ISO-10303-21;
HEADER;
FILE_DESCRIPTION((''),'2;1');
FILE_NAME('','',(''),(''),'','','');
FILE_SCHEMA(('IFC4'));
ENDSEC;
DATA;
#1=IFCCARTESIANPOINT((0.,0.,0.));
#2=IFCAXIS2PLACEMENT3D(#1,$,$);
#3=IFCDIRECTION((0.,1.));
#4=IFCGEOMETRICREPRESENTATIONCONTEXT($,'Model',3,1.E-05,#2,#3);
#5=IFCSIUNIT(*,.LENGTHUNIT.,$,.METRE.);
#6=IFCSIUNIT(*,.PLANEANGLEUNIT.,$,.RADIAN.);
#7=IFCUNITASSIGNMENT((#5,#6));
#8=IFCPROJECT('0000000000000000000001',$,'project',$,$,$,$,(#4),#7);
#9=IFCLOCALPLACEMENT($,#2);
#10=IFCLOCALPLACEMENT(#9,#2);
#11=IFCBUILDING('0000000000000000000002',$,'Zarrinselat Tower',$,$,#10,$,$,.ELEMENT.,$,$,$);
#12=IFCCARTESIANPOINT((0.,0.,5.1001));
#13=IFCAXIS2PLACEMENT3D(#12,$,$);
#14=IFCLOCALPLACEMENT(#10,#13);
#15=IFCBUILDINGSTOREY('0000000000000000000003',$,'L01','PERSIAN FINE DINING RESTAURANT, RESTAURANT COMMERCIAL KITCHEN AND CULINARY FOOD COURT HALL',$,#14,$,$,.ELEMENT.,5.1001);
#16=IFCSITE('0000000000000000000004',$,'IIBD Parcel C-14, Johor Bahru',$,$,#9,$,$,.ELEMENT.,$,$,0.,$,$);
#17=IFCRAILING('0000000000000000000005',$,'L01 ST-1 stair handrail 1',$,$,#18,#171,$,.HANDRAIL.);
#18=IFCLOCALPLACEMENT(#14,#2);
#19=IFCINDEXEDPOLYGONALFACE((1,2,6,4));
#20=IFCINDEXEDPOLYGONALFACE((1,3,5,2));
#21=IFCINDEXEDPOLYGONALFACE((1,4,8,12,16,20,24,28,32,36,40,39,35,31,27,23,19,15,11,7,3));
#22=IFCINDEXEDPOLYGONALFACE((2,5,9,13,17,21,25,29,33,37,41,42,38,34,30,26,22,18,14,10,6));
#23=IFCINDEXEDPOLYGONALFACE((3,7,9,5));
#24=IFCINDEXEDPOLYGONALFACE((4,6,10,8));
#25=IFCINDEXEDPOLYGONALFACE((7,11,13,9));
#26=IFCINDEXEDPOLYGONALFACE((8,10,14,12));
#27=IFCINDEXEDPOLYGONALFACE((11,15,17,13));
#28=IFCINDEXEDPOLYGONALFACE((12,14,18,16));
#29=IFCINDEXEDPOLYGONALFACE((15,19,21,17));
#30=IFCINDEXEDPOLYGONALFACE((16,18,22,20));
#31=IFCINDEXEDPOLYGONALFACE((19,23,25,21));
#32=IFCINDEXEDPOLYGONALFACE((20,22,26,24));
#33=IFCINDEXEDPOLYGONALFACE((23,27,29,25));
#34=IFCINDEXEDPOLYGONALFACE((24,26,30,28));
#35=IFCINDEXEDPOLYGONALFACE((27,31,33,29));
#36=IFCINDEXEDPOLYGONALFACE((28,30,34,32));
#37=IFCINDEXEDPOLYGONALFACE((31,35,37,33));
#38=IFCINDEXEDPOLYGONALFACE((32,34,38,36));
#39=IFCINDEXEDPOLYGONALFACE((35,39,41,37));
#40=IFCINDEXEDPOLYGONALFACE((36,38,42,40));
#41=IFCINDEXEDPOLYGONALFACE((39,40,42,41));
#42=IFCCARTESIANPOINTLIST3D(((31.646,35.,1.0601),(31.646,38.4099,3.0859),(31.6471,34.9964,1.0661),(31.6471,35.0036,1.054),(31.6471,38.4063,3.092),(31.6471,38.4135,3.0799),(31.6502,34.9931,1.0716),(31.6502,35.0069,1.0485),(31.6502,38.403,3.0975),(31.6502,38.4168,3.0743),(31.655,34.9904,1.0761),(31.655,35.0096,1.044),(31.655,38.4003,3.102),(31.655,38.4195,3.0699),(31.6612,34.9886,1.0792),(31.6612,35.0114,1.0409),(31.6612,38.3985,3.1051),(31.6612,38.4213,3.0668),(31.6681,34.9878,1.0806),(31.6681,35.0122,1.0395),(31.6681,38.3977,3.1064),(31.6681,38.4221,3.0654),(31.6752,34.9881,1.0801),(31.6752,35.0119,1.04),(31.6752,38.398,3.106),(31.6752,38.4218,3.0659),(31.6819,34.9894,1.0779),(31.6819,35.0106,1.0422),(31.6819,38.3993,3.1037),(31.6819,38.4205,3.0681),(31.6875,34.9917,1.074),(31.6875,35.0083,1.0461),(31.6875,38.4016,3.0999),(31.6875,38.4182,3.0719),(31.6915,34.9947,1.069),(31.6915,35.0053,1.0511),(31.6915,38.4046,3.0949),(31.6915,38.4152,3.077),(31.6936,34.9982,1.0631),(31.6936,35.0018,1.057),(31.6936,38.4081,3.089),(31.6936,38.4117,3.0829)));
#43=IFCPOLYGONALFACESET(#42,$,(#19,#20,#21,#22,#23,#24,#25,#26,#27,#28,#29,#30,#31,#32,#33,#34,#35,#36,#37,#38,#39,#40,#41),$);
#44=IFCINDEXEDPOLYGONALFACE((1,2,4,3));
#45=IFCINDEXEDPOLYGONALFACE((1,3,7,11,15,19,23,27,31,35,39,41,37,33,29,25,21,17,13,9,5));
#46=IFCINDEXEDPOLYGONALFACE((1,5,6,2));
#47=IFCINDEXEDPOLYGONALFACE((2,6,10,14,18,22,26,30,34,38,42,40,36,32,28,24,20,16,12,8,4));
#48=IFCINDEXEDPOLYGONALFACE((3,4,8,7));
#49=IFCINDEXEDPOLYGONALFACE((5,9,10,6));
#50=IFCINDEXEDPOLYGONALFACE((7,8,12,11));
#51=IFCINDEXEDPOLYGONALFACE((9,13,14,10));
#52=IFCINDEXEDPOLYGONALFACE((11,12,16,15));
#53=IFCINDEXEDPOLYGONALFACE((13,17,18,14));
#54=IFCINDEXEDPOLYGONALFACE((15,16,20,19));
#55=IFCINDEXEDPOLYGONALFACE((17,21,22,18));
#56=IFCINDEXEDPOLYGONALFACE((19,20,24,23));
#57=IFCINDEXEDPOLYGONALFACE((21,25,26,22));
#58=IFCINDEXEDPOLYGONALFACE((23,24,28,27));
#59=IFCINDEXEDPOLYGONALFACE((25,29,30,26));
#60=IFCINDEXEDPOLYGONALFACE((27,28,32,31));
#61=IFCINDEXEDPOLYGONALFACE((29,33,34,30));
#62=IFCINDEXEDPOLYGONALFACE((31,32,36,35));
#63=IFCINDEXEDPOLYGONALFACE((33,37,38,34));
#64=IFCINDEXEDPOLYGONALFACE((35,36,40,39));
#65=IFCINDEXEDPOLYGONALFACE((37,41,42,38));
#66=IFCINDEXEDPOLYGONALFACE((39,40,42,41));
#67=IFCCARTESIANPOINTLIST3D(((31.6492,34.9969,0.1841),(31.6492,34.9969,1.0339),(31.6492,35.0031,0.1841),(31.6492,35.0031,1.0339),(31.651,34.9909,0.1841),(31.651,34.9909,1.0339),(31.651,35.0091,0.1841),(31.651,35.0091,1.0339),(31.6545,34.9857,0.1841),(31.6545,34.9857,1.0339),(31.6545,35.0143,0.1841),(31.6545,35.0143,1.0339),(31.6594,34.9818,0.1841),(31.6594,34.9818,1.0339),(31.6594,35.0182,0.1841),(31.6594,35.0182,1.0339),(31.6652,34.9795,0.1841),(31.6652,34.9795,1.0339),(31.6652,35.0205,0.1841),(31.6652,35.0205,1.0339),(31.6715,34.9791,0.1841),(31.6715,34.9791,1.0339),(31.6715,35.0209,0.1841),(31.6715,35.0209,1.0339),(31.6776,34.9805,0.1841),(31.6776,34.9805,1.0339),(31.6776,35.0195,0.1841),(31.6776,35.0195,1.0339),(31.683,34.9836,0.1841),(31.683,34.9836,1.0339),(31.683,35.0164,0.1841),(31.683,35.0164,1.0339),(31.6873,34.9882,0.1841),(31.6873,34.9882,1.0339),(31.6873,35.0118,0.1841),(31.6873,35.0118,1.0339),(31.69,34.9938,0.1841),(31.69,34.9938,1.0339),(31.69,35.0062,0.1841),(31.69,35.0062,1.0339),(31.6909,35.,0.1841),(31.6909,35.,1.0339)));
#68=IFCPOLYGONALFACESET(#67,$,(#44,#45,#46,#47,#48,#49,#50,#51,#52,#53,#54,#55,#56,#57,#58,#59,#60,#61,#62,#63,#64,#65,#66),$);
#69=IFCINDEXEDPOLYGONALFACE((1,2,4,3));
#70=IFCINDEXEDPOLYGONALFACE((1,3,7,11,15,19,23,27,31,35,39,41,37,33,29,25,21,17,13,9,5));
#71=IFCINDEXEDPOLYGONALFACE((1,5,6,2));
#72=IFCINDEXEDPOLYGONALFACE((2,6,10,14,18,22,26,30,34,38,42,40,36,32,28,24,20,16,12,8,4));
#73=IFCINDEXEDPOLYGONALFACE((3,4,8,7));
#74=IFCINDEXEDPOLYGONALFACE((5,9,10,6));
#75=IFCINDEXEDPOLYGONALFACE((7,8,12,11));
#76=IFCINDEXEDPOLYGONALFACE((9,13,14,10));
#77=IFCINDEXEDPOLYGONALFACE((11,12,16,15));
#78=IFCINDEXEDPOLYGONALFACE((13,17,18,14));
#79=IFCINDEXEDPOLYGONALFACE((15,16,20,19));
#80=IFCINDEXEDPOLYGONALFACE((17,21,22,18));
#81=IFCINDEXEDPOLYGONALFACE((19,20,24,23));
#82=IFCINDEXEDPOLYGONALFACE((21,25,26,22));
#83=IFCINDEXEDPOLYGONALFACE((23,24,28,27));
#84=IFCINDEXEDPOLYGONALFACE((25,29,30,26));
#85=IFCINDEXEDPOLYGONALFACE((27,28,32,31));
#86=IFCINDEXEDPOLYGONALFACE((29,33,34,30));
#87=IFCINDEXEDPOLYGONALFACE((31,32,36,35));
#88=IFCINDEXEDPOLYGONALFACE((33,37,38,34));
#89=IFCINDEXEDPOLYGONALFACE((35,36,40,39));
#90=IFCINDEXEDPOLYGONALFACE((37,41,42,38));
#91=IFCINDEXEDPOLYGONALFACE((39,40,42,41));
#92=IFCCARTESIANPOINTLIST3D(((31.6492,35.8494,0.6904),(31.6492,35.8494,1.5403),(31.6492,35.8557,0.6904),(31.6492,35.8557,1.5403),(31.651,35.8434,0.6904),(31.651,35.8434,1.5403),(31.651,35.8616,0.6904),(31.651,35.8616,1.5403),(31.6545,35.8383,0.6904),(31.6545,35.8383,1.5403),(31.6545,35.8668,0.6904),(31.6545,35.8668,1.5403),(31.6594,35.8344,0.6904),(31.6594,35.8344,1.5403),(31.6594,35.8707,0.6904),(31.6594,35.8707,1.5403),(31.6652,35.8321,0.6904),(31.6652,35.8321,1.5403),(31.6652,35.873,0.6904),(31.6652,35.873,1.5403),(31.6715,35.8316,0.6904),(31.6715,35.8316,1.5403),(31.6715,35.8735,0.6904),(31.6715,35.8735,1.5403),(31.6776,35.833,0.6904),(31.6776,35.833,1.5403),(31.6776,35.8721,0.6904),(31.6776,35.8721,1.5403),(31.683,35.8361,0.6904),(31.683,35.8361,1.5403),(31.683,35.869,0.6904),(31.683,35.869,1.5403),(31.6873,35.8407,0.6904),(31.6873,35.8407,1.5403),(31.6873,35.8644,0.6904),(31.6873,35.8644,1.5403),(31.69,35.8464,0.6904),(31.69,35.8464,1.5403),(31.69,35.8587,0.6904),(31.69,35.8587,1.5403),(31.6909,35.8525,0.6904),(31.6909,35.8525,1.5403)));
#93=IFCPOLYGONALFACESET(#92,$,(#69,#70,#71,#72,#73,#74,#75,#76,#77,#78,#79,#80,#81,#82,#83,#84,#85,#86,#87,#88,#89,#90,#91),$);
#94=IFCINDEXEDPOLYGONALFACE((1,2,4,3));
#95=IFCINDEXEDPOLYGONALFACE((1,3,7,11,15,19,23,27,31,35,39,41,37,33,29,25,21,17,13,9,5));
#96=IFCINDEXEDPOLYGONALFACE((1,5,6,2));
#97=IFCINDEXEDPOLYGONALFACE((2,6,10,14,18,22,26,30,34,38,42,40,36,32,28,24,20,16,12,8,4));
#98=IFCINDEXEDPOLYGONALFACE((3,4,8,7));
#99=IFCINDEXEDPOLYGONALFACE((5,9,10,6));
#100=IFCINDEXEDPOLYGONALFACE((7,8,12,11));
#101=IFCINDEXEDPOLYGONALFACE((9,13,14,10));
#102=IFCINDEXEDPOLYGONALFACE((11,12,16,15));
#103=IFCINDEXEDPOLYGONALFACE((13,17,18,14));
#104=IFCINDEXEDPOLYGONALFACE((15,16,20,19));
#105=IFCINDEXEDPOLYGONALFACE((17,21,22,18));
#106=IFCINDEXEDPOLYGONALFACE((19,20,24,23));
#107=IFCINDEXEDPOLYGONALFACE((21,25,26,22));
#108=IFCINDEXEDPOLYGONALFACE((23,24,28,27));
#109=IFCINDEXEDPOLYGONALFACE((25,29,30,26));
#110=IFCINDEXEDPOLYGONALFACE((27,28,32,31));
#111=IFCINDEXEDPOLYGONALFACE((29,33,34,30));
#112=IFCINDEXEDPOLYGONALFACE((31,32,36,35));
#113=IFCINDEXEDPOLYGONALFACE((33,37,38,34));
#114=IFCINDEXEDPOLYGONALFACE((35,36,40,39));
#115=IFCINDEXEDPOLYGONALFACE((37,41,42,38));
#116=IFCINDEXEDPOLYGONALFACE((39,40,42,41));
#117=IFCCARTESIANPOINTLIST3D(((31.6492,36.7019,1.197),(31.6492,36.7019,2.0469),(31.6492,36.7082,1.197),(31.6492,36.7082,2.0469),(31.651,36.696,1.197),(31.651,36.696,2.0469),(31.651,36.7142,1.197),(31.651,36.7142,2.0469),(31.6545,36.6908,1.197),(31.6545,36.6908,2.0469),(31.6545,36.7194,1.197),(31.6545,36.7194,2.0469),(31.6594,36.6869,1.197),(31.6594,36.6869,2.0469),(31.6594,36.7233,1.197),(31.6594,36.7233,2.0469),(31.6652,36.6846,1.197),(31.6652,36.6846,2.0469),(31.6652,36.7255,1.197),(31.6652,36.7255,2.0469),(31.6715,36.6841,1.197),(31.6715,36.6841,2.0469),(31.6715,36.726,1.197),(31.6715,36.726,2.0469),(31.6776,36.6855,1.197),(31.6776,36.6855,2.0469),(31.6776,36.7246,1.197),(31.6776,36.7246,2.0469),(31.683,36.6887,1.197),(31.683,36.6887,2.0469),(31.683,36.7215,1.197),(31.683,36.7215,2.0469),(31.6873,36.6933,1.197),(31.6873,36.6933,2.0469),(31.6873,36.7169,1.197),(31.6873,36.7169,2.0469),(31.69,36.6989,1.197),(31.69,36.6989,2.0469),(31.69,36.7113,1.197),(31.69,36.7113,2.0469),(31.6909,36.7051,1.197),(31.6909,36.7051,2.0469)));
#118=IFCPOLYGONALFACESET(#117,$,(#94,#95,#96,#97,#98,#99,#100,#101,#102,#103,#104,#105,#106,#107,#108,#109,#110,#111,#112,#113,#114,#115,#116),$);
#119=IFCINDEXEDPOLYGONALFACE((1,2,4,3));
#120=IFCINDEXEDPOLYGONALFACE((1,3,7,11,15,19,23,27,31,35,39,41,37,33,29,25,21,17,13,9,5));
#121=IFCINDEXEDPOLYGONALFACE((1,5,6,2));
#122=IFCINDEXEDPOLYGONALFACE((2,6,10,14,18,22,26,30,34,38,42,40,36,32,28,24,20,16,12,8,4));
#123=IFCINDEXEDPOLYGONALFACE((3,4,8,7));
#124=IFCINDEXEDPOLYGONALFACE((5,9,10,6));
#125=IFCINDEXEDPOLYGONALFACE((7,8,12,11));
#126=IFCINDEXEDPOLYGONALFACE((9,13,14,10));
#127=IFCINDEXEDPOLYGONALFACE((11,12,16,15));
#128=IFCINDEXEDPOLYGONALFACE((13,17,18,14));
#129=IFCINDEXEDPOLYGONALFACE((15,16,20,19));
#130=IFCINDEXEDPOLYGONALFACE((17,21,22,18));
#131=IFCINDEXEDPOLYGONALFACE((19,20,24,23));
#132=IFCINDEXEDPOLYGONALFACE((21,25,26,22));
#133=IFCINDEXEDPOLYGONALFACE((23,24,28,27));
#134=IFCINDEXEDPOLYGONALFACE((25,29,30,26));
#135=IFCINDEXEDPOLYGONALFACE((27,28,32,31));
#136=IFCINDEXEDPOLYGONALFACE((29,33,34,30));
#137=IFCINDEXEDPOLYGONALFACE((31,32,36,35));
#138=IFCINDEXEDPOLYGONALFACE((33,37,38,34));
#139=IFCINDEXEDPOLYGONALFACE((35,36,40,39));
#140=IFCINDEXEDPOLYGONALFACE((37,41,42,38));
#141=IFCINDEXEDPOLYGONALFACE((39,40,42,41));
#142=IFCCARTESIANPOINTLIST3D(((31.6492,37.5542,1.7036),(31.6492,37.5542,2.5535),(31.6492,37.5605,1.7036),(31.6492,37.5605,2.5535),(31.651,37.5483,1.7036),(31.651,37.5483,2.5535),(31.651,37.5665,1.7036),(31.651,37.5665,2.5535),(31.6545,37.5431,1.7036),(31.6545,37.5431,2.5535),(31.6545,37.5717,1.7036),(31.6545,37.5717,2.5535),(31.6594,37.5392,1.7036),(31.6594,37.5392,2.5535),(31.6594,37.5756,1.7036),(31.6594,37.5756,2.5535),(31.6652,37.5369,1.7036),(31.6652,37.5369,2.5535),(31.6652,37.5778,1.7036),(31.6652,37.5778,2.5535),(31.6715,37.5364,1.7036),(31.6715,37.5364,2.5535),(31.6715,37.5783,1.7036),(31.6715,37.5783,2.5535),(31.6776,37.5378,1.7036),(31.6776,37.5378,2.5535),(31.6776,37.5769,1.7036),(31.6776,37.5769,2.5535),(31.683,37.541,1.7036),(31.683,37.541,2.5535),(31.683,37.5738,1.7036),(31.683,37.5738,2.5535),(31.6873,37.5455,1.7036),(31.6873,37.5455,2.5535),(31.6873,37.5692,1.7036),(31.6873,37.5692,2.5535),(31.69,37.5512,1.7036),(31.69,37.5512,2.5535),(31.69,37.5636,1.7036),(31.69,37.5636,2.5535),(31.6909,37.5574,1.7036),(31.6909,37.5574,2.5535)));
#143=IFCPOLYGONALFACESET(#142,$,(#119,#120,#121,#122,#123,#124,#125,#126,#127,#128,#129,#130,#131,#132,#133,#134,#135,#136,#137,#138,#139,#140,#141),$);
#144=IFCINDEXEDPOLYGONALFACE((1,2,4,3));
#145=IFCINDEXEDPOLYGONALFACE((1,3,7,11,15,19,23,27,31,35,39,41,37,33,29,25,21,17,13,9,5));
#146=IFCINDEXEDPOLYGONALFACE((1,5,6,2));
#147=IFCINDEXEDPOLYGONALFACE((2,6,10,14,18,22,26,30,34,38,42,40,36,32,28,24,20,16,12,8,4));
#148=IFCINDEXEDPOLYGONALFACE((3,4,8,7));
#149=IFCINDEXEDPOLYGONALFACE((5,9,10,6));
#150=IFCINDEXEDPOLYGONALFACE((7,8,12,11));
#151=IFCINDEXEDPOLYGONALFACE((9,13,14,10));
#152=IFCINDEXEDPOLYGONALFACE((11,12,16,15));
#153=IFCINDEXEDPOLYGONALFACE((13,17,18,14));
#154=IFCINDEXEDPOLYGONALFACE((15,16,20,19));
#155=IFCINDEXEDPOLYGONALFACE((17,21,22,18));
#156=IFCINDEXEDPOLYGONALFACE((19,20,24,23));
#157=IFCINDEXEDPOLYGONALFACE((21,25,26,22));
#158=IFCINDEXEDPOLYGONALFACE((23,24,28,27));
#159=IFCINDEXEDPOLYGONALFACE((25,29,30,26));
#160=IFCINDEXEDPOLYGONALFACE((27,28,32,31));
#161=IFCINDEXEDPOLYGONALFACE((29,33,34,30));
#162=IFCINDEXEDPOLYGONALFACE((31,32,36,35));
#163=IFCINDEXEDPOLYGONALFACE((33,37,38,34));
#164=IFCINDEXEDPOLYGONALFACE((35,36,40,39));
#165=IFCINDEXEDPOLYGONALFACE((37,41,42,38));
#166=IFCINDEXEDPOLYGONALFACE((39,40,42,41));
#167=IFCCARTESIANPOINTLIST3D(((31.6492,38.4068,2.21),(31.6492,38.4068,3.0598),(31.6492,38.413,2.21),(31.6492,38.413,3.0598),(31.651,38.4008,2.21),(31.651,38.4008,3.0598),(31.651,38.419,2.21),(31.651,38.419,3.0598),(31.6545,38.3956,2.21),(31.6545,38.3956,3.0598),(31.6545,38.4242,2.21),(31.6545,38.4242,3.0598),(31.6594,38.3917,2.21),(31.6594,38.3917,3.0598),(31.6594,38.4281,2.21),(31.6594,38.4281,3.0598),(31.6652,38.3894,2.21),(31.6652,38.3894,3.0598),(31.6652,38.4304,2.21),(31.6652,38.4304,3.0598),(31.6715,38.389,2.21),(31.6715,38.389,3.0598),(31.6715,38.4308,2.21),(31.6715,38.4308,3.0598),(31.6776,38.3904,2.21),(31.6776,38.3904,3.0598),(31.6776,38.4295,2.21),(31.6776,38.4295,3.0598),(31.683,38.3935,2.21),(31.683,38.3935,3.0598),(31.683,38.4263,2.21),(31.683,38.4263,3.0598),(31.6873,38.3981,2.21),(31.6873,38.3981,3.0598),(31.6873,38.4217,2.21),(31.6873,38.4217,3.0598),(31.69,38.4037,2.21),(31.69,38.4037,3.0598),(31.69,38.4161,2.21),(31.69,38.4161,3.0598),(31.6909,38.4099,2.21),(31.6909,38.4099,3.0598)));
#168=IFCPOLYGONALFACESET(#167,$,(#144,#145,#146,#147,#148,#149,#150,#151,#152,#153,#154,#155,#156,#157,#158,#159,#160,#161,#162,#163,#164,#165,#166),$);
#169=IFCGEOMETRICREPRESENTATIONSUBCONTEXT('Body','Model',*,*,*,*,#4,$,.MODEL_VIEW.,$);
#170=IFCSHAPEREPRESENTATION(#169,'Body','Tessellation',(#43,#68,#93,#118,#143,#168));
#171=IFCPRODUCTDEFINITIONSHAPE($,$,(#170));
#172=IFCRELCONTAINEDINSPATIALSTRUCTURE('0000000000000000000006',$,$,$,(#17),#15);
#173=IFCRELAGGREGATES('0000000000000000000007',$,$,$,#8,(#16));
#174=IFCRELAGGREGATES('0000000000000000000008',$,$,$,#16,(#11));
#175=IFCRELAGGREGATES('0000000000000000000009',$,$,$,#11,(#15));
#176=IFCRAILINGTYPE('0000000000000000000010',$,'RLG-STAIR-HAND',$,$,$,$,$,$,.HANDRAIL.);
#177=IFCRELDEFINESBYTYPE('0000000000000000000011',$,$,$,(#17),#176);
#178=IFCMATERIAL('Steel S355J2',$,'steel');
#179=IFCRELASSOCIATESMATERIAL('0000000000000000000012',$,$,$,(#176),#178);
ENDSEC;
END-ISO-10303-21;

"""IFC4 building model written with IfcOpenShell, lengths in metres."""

from ifc_helpers import new_model, si_unit, direction, frame, origin, origin_2d, place, context, subcontext, project, spatial, circle, extrude, material, type_object, element, save


model = new_model("IFC4")

# Units and contexts
model_context = context("Model", 3, precision=1e-05, world=origin(), true_north=direction((0.0, 1.0)))
body_context = subcontext(model_context, "Body", "Model", "MODEL_VIEW")
ifc_project = project(units=[si_unit("LENGTHUNIT", "METRE"), si_unit("PLANEANGLEUNIT", "RADIAN")], contexts=[model_context])

# Site, building, storey
site_placement = place(None, origin())
site = spatial("IfcSite", under=ifc_project, at=site_placement, Name="IIBD Parcel C-14, Johor Bahru", CompositionType="ELEMENT", RefElevation=0.0)
building_placement = place(site_placement, origin())
building = spatial("IfcBuilding", under=site, at=building_placement, Name="Zarrinselat Tower", CompositionType="ELEMENT")
storey_placement = place(building_placement, frame((0.0, 0.0, 5.1001)))
storey = spatial("IfcBuildingStorey", under=building, at=storey_placement, Name="L01", Description="PERSIAN FINE DINING RESTAURANT, RESTAURANT COMMERCIAL KITCHEN AND CULINARY FOOD COURT HALL", CompositionType="ELEMENT", Elevation=5.1001)

# Railing
ifc_material_1 = material(Name="Steel S355J2", Category="steel")
railing_type_1 = type_object("IfcRailingType", Name="RLG-STAIR-HAND", PredefinedType="HANDRAIL", material=ifc_material_1)
railing_1_placement = place(storey_placement, frame((31.6699, 35.0, 0.1841)))
element("IfcRailing", 1, at=railing_1_placement, inside=storey, type_object=railing_type_1, Name="L01 ST-1 stair handrail 1", PredefinedType="HANDRAIL", context=body_context, shape_type="SweptSolid", body=[
    extrude(circle(Radius=0.0239, at=origin_2d()), frame((0.0, 0.0, 0.876), z_axis=(0.0, 0.859717, 0.510771), x_axis=(-1.0, 0.0, 0.0)), (0.0, 0.0, 1.0), 3.9663),
    extrude(circle(Radius=0.021, at=origin_2d()), origin(), (0.0, 0.0, 1.0), 0.8499),
    extrude(circle(Radius=0.021, at=origin_2d()), frame((0.0, 0.8525, 0.5063)), (0.0, 0.0, 1.0), 0.8499),
    extrude(circle(Radius=0.021, at=origin_2d()), frame((0.0, 1.7051, 1.0129)), (0.0, 0.0, 1.0), 0.8499),
    extrude(circle(Radius=0.021, at=origin_2d()), frame((0.0, 2.5574, 1.5195)), (0.0, 0.0, 1.0), 0.8499),
    extrude(circle(Radius=0.021, at=origin_2d()), frame((0.0, 3.4099, 2.0259)), (0.0, 0.0, 1.0), 0.8499),
])

save(model, "model.ifc")
